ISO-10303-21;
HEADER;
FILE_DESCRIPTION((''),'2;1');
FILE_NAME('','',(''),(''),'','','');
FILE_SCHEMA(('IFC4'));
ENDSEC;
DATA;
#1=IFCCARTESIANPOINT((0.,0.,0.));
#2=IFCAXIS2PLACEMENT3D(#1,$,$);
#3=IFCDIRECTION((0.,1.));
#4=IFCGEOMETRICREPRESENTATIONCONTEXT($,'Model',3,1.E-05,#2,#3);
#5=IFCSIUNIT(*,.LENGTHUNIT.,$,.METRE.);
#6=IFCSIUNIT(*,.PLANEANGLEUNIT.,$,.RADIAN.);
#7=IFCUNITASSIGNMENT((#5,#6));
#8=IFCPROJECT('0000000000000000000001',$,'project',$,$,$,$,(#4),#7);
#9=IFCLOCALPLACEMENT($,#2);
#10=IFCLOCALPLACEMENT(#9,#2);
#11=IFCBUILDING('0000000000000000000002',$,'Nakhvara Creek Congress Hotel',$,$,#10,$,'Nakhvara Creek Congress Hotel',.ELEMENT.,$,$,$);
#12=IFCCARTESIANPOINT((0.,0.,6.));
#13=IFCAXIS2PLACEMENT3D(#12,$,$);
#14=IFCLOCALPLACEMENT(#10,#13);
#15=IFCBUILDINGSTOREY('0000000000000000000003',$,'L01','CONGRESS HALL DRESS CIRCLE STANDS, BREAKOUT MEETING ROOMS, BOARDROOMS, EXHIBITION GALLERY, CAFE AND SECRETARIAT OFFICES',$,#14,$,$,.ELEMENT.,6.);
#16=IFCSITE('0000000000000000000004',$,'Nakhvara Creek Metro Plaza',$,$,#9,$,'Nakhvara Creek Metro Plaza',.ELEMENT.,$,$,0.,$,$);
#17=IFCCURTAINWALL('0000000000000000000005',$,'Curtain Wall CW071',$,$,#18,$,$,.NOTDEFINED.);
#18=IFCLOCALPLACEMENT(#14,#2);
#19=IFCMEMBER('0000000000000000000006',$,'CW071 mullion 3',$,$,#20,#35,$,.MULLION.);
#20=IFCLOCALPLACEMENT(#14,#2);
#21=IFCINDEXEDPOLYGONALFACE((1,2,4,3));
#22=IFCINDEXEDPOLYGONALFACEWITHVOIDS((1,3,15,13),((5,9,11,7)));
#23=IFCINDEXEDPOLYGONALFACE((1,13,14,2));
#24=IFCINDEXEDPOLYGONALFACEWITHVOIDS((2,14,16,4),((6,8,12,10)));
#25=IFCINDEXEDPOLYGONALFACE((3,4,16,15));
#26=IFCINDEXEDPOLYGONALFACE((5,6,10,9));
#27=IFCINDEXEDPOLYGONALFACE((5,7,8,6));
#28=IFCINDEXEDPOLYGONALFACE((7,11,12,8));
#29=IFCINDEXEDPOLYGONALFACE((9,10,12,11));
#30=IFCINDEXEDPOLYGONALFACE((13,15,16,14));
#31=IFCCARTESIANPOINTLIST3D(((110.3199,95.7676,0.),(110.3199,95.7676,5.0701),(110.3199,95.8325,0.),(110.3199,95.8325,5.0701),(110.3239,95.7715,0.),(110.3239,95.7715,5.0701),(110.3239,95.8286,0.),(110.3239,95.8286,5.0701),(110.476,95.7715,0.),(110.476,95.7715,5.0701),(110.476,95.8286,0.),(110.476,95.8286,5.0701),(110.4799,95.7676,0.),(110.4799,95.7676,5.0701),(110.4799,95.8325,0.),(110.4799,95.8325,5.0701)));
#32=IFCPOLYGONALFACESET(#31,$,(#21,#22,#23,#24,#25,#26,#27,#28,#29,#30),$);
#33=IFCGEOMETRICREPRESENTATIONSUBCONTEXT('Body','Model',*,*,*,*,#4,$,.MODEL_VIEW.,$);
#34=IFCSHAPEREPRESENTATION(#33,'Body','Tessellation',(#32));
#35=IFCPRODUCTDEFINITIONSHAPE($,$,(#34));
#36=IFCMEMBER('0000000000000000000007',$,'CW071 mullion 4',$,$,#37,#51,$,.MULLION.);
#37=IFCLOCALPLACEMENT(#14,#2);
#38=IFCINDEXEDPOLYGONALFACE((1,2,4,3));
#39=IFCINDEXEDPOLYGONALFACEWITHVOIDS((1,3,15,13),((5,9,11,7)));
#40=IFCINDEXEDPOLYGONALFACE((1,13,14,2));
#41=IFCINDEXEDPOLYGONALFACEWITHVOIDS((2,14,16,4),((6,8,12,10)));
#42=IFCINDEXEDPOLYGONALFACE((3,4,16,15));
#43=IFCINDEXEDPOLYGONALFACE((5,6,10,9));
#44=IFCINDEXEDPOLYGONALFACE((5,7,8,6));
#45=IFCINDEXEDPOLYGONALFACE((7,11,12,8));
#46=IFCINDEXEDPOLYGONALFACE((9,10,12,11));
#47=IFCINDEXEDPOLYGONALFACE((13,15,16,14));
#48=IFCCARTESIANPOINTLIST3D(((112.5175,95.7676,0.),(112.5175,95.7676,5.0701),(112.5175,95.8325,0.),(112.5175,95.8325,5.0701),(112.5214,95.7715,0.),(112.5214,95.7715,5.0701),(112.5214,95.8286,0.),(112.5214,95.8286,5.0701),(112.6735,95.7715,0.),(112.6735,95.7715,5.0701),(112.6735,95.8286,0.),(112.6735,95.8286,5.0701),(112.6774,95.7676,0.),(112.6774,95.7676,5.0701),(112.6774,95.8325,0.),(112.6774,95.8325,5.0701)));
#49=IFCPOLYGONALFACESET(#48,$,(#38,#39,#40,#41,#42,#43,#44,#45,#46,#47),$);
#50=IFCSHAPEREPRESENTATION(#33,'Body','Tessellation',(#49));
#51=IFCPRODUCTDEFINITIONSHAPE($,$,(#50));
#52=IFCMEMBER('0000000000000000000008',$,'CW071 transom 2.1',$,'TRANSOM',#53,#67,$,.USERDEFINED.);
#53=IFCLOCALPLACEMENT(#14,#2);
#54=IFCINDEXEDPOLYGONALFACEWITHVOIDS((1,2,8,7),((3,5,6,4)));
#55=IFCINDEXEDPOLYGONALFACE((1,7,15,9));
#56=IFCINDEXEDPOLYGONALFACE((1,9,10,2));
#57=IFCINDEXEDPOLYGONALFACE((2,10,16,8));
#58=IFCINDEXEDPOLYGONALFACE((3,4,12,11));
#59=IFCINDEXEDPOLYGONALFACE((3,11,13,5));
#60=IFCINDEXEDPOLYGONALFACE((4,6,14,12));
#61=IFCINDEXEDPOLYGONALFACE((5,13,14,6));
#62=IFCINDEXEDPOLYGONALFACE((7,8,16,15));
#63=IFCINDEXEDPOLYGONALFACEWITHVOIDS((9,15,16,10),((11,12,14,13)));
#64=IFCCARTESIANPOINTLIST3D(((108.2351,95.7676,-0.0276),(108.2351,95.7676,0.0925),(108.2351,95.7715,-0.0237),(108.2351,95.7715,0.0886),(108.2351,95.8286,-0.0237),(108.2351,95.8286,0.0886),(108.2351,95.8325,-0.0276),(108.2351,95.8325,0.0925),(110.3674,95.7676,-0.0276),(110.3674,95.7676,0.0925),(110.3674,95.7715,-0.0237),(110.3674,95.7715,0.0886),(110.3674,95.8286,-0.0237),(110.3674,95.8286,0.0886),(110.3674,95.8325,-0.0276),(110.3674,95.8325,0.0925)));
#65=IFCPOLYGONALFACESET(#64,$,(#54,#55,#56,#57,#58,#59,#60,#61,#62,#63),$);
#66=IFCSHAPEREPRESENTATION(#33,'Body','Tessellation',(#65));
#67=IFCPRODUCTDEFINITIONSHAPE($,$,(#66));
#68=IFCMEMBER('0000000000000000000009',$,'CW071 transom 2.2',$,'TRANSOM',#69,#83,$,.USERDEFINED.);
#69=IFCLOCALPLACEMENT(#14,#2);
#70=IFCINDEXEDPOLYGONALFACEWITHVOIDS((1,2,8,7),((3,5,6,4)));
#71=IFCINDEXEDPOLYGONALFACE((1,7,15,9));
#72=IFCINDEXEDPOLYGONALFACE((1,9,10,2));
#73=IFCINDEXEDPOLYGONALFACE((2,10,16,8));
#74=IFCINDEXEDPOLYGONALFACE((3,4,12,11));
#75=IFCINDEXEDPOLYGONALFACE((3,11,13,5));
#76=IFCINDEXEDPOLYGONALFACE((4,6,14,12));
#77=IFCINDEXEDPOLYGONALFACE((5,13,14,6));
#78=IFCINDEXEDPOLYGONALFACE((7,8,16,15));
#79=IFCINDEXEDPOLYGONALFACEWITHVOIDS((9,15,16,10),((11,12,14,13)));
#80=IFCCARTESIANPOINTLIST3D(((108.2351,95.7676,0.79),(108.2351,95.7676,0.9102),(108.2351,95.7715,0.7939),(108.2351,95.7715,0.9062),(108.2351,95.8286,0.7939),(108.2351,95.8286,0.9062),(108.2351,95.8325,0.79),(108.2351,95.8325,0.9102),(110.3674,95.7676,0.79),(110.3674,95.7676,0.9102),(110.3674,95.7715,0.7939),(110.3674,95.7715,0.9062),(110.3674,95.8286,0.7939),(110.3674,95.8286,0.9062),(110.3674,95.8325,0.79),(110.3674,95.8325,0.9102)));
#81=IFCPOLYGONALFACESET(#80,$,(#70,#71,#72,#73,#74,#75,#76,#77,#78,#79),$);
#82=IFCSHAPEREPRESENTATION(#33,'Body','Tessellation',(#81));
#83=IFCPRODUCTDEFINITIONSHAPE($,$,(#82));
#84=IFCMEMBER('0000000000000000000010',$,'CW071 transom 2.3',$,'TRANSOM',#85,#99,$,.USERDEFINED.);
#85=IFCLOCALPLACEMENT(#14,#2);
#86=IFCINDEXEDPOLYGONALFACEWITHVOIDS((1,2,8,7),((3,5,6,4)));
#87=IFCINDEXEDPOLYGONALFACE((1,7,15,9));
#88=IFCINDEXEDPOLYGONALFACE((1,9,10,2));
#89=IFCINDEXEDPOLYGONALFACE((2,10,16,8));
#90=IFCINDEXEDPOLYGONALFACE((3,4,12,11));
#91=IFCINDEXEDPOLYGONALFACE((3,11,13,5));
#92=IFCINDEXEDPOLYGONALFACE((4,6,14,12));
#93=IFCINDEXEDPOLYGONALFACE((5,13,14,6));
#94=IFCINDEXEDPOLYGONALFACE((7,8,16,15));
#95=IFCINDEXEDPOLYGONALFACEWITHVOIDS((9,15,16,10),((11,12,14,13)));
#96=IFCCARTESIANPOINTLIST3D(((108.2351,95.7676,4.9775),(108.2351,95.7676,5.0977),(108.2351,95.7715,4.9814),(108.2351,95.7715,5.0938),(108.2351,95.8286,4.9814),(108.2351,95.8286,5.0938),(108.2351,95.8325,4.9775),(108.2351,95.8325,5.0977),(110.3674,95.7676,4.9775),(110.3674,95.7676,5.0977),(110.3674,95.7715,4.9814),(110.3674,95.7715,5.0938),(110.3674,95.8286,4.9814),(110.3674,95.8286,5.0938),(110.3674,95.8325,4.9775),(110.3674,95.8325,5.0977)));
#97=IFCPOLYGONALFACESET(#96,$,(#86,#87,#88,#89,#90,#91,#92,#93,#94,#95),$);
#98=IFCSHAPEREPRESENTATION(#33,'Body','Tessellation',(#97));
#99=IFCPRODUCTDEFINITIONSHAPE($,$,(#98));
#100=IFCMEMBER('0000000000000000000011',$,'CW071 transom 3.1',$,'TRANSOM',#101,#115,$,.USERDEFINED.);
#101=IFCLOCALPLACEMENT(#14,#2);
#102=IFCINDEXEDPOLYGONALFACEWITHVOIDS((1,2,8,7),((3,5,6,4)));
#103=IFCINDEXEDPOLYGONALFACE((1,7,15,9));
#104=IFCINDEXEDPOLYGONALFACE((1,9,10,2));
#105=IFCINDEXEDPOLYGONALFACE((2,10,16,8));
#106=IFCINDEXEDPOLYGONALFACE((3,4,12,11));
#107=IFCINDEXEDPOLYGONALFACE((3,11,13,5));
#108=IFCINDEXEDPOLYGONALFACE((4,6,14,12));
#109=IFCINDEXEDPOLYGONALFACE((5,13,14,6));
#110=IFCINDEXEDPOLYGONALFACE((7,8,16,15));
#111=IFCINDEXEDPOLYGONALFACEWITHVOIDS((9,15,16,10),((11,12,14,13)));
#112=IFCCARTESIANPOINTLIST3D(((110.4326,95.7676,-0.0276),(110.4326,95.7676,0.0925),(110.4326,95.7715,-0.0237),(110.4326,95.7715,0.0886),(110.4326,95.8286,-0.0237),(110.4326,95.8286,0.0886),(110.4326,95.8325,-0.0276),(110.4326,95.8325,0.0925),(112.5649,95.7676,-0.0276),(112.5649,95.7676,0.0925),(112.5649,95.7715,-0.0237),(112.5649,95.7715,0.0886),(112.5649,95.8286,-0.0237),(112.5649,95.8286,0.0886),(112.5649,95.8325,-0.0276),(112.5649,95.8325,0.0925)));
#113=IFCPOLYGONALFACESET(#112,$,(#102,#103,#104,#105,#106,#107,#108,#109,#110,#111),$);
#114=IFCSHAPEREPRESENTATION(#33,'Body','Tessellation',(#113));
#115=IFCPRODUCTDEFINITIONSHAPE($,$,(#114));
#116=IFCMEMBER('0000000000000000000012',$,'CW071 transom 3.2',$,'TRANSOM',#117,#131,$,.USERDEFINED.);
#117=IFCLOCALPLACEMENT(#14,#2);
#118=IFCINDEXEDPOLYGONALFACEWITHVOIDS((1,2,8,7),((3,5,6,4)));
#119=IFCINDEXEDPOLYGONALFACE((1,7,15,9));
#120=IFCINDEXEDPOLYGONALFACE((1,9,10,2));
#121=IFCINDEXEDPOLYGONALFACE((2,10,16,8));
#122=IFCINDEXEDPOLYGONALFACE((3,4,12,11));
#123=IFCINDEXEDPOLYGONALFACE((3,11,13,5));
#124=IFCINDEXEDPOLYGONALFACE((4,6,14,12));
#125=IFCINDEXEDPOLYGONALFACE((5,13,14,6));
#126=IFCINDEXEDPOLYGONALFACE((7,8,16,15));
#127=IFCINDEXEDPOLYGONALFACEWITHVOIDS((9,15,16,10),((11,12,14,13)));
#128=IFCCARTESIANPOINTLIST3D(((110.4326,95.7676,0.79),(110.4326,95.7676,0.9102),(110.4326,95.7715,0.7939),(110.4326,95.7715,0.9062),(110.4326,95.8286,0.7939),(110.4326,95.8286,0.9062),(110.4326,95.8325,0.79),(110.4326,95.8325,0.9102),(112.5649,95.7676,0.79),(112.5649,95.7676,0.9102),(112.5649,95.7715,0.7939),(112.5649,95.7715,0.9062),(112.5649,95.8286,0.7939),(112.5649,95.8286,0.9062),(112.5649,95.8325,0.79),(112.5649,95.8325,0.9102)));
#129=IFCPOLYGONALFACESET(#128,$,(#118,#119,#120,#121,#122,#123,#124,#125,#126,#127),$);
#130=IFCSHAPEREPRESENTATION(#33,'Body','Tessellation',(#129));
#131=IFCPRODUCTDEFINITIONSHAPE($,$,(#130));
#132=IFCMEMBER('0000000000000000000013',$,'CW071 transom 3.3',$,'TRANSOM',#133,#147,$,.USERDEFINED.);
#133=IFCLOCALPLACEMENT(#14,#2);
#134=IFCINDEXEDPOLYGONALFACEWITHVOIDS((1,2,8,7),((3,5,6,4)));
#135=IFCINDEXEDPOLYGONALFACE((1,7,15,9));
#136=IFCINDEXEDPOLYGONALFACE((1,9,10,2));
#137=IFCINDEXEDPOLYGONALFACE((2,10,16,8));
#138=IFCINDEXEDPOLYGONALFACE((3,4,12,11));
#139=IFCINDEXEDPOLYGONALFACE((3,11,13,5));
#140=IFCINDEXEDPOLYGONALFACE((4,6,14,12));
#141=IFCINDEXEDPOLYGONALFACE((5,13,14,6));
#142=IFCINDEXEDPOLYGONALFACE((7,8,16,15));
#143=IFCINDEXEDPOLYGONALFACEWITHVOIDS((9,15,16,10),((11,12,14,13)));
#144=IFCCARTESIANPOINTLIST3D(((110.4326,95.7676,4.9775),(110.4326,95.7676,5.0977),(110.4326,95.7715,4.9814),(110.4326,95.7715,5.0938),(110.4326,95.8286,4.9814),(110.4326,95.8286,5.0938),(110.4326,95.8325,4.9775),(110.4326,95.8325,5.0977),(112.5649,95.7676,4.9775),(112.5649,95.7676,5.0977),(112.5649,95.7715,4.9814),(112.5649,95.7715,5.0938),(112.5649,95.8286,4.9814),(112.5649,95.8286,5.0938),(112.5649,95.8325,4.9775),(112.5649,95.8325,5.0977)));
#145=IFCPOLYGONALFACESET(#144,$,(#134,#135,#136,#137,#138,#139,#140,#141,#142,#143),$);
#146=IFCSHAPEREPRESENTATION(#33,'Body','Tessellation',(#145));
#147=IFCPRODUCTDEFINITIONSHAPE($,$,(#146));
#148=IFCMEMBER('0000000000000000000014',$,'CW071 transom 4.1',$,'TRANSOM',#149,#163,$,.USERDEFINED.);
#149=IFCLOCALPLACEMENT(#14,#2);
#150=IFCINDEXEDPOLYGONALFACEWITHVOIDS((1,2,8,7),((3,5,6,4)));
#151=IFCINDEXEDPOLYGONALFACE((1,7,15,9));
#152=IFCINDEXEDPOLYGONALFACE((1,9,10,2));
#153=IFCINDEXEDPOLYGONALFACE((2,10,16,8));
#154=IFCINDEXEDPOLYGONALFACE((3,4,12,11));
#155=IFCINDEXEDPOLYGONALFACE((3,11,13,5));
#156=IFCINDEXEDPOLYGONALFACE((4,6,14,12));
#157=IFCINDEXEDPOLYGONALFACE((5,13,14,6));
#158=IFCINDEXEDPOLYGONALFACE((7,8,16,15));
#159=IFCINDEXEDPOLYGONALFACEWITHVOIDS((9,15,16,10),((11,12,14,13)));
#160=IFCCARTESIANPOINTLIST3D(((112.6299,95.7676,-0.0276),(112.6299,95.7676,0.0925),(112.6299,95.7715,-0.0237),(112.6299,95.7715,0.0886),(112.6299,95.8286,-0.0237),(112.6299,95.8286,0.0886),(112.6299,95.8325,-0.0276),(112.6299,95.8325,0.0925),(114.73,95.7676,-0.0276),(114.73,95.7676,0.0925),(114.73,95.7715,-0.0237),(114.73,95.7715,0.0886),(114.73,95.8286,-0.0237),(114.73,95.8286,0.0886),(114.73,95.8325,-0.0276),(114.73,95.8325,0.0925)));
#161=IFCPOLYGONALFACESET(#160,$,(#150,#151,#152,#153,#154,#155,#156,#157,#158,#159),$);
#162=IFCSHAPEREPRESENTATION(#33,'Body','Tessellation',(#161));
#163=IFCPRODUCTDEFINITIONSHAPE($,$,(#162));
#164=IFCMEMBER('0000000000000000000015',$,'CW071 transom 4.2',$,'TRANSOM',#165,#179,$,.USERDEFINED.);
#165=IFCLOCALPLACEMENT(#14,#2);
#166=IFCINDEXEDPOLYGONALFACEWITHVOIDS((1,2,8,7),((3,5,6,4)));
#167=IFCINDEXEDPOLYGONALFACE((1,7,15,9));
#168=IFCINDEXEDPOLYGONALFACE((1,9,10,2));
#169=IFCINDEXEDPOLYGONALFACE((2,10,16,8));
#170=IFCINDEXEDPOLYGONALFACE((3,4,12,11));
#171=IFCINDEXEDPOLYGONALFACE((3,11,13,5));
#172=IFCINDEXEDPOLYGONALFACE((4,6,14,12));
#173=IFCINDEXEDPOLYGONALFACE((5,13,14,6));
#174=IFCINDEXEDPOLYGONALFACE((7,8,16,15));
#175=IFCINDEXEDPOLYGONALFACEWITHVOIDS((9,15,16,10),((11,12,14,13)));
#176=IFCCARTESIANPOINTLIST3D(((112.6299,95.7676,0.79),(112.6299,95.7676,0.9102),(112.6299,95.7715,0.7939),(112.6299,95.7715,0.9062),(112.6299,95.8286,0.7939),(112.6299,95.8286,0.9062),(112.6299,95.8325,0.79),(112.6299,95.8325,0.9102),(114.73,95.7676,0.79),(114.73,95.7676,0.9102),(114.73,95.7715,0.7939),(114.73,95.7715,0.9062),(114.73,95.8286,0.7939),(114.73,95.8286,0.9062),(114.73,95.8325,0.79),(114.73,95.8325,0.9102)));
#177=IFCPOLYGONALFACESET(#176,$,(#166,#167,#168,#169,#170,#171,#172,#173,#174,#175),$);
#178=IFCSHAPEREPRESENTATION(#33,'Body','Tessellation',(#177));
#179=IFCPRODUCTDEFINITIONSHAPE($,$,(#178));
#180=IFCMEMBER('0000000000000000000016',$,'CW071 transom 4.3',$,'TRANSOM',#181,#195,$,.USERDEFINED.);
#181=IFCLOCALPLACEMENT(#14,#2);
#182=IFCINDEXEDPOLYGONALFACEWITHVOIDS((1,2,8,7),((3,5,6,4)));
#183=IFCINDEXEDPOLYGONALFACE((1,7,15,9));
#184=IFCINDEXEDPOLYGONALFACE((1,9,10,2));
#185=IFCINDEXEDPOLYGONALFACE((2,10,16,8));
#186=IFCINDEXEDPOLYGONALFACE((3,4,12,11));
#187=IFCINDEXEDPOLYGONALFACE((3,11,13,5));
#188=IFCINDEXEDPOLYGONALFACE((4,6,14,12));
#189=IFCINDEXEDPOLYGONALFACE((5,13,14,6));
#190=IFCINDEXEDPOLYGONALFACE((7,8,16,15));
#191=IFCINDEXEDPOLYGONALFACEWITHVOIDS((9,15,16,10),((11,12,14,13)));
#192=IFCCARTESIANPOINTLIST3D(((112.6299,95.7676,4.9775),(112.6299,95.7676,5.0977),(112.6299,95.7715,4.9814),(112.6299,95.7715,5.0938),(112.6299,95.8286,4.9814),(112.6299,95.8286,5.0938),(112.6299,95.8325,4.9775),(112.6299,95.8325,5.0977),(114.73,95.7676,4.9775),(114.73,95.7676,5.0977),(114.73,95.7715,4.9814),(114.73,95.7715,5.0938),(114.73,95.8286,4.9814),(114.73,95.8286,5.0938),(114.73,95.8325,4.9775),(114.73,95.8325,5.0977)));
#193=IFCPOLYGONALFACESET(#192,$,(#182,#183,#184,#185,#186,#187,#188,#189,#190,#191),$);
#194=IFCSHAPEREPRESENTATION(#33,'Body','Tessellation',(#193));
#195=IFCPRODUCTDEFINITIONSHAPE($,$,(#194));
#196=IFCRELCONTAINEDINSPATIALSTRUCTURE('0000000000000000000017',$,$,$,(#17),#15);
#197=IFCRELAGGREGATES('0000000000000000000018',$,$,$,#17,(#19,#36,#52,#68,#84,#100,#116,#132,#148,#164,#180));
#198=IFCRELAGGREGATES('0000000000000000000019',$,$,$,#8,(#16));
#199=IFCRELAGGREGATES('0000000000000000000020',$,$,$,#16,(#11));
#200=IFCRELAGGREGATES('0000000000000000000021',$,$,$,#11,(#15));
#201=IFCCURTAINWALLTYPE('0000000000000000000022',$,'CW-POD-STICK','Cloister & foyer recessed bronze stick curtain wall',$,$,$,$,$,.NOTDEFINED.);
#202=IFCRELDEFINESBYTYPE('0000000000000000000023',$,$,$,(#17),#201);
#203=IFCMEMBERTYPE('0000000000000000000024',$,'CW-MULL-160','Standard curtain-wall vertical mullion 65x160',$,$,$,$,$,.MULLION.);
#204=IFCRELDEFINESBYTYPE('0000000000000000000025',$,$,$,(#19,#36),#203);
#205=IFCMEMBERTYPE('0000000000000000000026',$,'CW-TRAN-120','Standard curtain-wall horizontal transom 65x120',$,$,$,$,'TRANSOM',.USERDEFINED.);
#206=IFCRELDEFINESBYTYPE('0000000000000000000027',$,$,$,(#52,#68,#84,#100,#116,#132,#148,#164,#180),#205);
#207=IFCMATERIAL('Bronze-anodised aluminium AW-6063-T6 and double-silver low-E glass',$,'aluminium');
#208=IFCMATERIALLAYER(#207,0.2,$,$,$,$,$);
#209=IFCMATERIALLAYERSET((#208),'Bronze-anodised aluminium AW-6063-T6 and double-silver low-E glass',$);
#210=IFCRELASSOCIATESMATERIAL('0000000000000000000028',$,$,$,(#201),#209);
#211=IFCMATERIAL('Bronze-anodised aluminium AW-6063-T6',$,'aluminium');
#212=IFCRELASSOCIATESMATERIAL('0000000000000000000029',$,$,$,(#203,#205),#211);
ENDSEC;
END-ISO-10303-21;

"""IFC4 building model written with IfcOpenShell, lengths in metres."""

from ifc_helpers import new_model, si_unit, direction, frame, origin, origin_2d, place, context, subcontext, project, spatial, hollow_rectangle, extrude, material, layer, layer_set, material_profile, profile_set, type_object, element, aggregate, save


model = new_model("IFC4")

# Units and contexts
model_context = context("Model", 3, precision=1e-05, world=origin(), true_north=direction((0.0, 1.0)))
body_context = subcontext(model_context, "Body", "Model", "MODEL_VIEW")
ifc_project = project(units=[si_unit("LENGTHUNIT", "METRE"), si_unit("PLANEANGLEUNIT", "RADIAN")], contexts=[model_context])

# Site, building, storey
site_placement = place(None, origin())
site = spatial("IfcSite", under=ifc_project, at=site_placement, Name="Nakhvara Creek Metro Plaza", LongName="Nakhvara Creek Metro Plaza", CompositionType="ELEMENT", RefElevation=0.0)
building_placement = place(site_placement, origin())
building = spatial("IfcBuilding", under=site, at=building_placement, Name="Nakhvara Creek Congress Hotel", LongName="Nakhvara Creek Congress Hotel", CompositionType="ELEMENT")
storey_placement = place(building_placement, frame((0.0, 0.0, 6.0)))
storey = spatial("IfcBuildingStorey", under=building, at=storey_placement, Name="L01", Description="CONGRESS HALL DRESS CIRCLE STANDS, BREAKOUT MEETING ROOMS, BOARDROOMS, EXHIBITION GALLERY, CAFE AND SECRETARIAT OFFICES", CompositionType="ELEMENT", Elevation=6.0)

# Curtain wall, members
ifc_material_1 = material(Name="Bronze-anodised aluminium AW-6063-T6 and double-silver low-E glass", Category="aluminium")
ifc_layer_1 = layer(ifc_material_1, 0.2)
ifc_layer_set_1 = layer_set([ifc_layer_1], Name="Bronze-anodised aluminium AW-6063-T6 and double-silver low-E glass")
curtain_wall_type = type_object("IfcCurtainWallType", Name="CW-POD-STICK", Description="Cloister & foyer recessed bronze stick curtain wall", PredefinedType="NOTDEFINED", material=ifc_layer_set_1)
curtain_wall_placement = place(storey_placement, origin())
curtain_wall = element("IfcCurtainWall", 1, at=curtain_wall_placement, inside=storey, type_object=curtain_wall_type, Name="Curtain Wall CW071", PredefinedType="NOTDEFINED")
ifc_material_2 = material(Name="Bronze-anodised aluminium AW-6063-T6", Category="aluminium")
ifc_material_profile_1 = material_profile(ifc_material_2, hollow_rectangle(XDim=0.0649, YDim=0.1599, WallThickness=0.0039, at=origin_2d()), Name="ALU-MULL 65x160x4", Category="LoadBearing")
ifc_profile_set_1 = profile_set([ifc_material_profile_1], Name="Bronze-anodised aluminium AW-6063-T6")
member_type_1 = type_object("IfcMemberType", Name="CW-MULL-160", Description="Standard curtain-wall vertical mullion 65x160", PredefinedType="MULLION", material=ifc_profile_set_1)
member_1_placement = place(storey_placement, frame((110.3999, 95.8, 0.0), z_axis=(0.0, 0.0, 1.0), x_axis=(0.0, 1.0, 0.0)))
member_1 = element("IfcMember", 2, at=member_1_placement, type_object=member_type_1, Name="CW071 mullion 3", PredefinedType="MULLION", context=body_context, shape_type="SweptSolid", body=[
    extrude(hollow_rectangle(XDim=0.0649, YDim=0.1599, WallThickness=0.0039, at=origin_2d()), origin(), (0.0, 0.0, 1.0), 5.0701),
])
member_2_placement = place(storey_placement, frame((112.5974, 95.8, 0.0), z_axis=(0.0, 0.0, 1.0), x_axis=(0.0, 1.0, 0.0)))
member_2 = element("IfcMember", 3, at=member_2_placement, type_object=member_type_1, Name="CW071 mullion 4", PredefinedType="MULLION", context=body_context, shape_type="SweptSolid", body=[
    extrude(hollow_rectangle(XDim=0.0649, YDim=0.1599, WallThickness=0.0039, at=origin_2d()), origin(), (0.0, 0.0, 1.0), 5.0701),
])
ifc_material_profile_2 = material_profile(ifc_material_2, hollow_rectangle(XDim=0.0649, YDim=0.1201, WallThickness=0.0039, at=origin_2d()), Name="ALU-TRAN 65x120x4", Category="LoadBearing")
ifc_profile_set_2 = profile_set([ifc_material_profile_2], Name="Bronze-anodised aluminium AW-6063-T6")
member_type_2 = type_object("IfcMemberType", Name="CW-TRAN-120", Description="Standard curtain-wall horizontal transom 65x120", ElementType="TRANSOM", PredefinedType="USERDEFINED", material=ifc_profile_set_2)
member_3_placement = place(storey_placement, frame((108.2351, 95.8, 0.0325), z_axis=(1.0, 0.0, 0.0), x_axis=(0.0, 1.0, 0.0)))
member_3 = element("IfcMember", 4, at=member_3_placement, type_object=member_type_2, Name="CW071 transom 2.1", ObjectType="TRANSOM", PredefinedType="USERDEFINED", context=body_context, shape_type="SweptSolid", body=[
    extrude(hollow_rectangle(XDim=0.0649, YDim=0.1201, WallThickness=0.0039, at=origin_2d()), origin(), (0.0, 0.0, 1.0), 2.1323),
])
member_4_placement = place(storey_placement, frame((108.2351, 95.8, 0.8501), z_axis=(1.0, 0.0, 0.0), x_axis=(0.0, 1.0, 0.0)))
member_4 = element("IfcMember", 5, at=member_4_placement, type_object=member_type_2, Name="CW071 transom 2.2", ObjectType="TRANSOM", PredefinedType="USERDEFINED", context=body_context, shape_type="SweptSolid", body=[
    extrude(hollow_rectangle(XDim=0.0649, YDim=0.1201, WallThickness=0.0039, at=origin_2d()), origin(), (0.0, 0.0, 1.0), 2.1323),
])
member_5_placement = place(storey_placement, frame((108.2351, 95.8, 5.0376), z_axis=(1.0, 0.0, 0.0), x_axis=(0.0, 1.0, 0.0)))
member_5 = element("IfcMember", 6, at=member_5_placement, type_object=member_type_2, Name="CW071 transom 2.3", ObjectType="TRANSOM", PredefinedType="USERDEFINED", context=body_context, shape_type="SweptSolid", body=[
    extrude(hollow_rectangle(XDim=0.0649, YDim=0.1201, WallThickness=0.0039, at=origin_2d()), origin(), (0.0, 0.0, 1.0), 2.1323),
])
member_6_placement = place(storey_placement, frame((110.4326, 95.8, 0.0325), z_axis=(1.0, 0.0, 0.0), x_axis=(0.0, 1.0, 0.0)))
member_6 = element("IfcMember", 7, at=member_6_placement, type_object=member_type_2, Name="CW071 transom 3.1", ObjectType="TRANSOM", PredefinedType="USERDEFINED", context=body_context, shape_type="SweptSolid", body=[
    extrude(hollow_rectangle(XDim=0.0649, YDim=0.1201, WallThickness=0.0039, at=origin_2d()), origin(), (0.0, 0.0, 1.0), 2.1323),
])
member_7_placement = place(storey_placement, frame((110.4326, 95.8, 0.8501), z_axis=(1.0, 0.0, 0.0), x_axis=(0.0, 1.0, 0.0)))
member_7 = element("IfcMember", 8, at=member_7_placement, type_object=member_type_2, Name="CW071 transom 3.2", ObjectType="TRANSOM", PredefinedType="USERDEFINED", context=body_context, shape_type="SweptSolid", body=[
    extrude(hollow_rectangle(XDim=0.0649, YDim=0.1201, WallThickness=0.0039, at=origin_2d()), origin(), (0.0, 0.0, 1.0), 2.1323),
])
member_8_placement = place(storey_placement, frame((110.4326, 95.8, 5.0376), z_axis=(1.0, 0.0, 0.0), x_axis=(0.0, 1.0, 0.0)))
member_8 = element("IfcMember", 9, at=member_8_placement, type_object=member_type_2, Name="CW071 transom 3.3", ObjectType="TRANSOM", PredefinedType="USERDEFINED", context=body_context, shape_type="SweptSolid", body=[
    extrude(hollow_rectangle(XDim=0.0649, YDim=0.1201, WallThickness=0.0039, at=origin_2d()), origin(), (0.0, 0.0, 1.0), 2.1323),
])
member_9_placement = place(storey_placement, frame((112.6299, 95.8, 0.0325), z_axis=(1.0, 0.0, 0.0), x_axis=(0.0, 1.0, 0.0)))
member_9 = element("IfcMember", 10, at=member_9_placement, type_object=member_type_2, Name="CW071 transom 4.1", ObjectType="TRANSOM", PredefinedType="USERDEFINED", context=body_context, shape_type="SweptSolid", body=[
    extrude(hollow_rectangle(XDim=0.0649, YDim=0.1201, WallThickness=0.0039, at=origin_2d()), origin(), (0.0, 0.0, 1.0), 2.1001),
])
member_10_placement = place(storey_placement, frame((112.6299, 95.8, 0.8501), z_axis=(1.0, 0.0, 0.0), x_axis=(0.0, 1.0, 0.0)))
member_10 = element("IfcMember", 11, at=member_10_placement, type_object=member_type_2, Name="CW071 transom 4.2", ObjectType="TRANSOM", PredefinedType="USERDEFINED", context=body_context, shape_type="SweptSolid", body=[
    extrude(hollow_rectangle(XDim=0.0649, YDim=0.1201, WallThickness=0.0039, at=origin_2d()), origin(), (0.0, 0.0, 1.0), 2.1001),
])
member_11_placement = place(storey_placement, frame((112.6299, 95.8, 5.0376), z_axis=(1.0, 0.0, 0.0), x_axis=(0.0, 1.0, 0.0)))
member_11 = element("IfcMember", 12, at=member_11_placement, type_object=member_type_2, Name="CW071 transom 4.3", ObjectType="TRANSOM", PredefinedType="USERDEFINED", context=body_context, shape_type="SweptSolid", body=[
    extrude(hollow_rectangle(XDim=0.0649, YDim=0.1201, WallThickness=0.0039, at=origin_2d()), origin(), (0.0, 0.0, 1.0), 2.1001),
])
aggregate(curtain_wall, [member_1, member_2, member_3, member_4, member_5, member_6, member_7, member_8, member_9, member_10, member_11])

save(model, "model.ifc")
